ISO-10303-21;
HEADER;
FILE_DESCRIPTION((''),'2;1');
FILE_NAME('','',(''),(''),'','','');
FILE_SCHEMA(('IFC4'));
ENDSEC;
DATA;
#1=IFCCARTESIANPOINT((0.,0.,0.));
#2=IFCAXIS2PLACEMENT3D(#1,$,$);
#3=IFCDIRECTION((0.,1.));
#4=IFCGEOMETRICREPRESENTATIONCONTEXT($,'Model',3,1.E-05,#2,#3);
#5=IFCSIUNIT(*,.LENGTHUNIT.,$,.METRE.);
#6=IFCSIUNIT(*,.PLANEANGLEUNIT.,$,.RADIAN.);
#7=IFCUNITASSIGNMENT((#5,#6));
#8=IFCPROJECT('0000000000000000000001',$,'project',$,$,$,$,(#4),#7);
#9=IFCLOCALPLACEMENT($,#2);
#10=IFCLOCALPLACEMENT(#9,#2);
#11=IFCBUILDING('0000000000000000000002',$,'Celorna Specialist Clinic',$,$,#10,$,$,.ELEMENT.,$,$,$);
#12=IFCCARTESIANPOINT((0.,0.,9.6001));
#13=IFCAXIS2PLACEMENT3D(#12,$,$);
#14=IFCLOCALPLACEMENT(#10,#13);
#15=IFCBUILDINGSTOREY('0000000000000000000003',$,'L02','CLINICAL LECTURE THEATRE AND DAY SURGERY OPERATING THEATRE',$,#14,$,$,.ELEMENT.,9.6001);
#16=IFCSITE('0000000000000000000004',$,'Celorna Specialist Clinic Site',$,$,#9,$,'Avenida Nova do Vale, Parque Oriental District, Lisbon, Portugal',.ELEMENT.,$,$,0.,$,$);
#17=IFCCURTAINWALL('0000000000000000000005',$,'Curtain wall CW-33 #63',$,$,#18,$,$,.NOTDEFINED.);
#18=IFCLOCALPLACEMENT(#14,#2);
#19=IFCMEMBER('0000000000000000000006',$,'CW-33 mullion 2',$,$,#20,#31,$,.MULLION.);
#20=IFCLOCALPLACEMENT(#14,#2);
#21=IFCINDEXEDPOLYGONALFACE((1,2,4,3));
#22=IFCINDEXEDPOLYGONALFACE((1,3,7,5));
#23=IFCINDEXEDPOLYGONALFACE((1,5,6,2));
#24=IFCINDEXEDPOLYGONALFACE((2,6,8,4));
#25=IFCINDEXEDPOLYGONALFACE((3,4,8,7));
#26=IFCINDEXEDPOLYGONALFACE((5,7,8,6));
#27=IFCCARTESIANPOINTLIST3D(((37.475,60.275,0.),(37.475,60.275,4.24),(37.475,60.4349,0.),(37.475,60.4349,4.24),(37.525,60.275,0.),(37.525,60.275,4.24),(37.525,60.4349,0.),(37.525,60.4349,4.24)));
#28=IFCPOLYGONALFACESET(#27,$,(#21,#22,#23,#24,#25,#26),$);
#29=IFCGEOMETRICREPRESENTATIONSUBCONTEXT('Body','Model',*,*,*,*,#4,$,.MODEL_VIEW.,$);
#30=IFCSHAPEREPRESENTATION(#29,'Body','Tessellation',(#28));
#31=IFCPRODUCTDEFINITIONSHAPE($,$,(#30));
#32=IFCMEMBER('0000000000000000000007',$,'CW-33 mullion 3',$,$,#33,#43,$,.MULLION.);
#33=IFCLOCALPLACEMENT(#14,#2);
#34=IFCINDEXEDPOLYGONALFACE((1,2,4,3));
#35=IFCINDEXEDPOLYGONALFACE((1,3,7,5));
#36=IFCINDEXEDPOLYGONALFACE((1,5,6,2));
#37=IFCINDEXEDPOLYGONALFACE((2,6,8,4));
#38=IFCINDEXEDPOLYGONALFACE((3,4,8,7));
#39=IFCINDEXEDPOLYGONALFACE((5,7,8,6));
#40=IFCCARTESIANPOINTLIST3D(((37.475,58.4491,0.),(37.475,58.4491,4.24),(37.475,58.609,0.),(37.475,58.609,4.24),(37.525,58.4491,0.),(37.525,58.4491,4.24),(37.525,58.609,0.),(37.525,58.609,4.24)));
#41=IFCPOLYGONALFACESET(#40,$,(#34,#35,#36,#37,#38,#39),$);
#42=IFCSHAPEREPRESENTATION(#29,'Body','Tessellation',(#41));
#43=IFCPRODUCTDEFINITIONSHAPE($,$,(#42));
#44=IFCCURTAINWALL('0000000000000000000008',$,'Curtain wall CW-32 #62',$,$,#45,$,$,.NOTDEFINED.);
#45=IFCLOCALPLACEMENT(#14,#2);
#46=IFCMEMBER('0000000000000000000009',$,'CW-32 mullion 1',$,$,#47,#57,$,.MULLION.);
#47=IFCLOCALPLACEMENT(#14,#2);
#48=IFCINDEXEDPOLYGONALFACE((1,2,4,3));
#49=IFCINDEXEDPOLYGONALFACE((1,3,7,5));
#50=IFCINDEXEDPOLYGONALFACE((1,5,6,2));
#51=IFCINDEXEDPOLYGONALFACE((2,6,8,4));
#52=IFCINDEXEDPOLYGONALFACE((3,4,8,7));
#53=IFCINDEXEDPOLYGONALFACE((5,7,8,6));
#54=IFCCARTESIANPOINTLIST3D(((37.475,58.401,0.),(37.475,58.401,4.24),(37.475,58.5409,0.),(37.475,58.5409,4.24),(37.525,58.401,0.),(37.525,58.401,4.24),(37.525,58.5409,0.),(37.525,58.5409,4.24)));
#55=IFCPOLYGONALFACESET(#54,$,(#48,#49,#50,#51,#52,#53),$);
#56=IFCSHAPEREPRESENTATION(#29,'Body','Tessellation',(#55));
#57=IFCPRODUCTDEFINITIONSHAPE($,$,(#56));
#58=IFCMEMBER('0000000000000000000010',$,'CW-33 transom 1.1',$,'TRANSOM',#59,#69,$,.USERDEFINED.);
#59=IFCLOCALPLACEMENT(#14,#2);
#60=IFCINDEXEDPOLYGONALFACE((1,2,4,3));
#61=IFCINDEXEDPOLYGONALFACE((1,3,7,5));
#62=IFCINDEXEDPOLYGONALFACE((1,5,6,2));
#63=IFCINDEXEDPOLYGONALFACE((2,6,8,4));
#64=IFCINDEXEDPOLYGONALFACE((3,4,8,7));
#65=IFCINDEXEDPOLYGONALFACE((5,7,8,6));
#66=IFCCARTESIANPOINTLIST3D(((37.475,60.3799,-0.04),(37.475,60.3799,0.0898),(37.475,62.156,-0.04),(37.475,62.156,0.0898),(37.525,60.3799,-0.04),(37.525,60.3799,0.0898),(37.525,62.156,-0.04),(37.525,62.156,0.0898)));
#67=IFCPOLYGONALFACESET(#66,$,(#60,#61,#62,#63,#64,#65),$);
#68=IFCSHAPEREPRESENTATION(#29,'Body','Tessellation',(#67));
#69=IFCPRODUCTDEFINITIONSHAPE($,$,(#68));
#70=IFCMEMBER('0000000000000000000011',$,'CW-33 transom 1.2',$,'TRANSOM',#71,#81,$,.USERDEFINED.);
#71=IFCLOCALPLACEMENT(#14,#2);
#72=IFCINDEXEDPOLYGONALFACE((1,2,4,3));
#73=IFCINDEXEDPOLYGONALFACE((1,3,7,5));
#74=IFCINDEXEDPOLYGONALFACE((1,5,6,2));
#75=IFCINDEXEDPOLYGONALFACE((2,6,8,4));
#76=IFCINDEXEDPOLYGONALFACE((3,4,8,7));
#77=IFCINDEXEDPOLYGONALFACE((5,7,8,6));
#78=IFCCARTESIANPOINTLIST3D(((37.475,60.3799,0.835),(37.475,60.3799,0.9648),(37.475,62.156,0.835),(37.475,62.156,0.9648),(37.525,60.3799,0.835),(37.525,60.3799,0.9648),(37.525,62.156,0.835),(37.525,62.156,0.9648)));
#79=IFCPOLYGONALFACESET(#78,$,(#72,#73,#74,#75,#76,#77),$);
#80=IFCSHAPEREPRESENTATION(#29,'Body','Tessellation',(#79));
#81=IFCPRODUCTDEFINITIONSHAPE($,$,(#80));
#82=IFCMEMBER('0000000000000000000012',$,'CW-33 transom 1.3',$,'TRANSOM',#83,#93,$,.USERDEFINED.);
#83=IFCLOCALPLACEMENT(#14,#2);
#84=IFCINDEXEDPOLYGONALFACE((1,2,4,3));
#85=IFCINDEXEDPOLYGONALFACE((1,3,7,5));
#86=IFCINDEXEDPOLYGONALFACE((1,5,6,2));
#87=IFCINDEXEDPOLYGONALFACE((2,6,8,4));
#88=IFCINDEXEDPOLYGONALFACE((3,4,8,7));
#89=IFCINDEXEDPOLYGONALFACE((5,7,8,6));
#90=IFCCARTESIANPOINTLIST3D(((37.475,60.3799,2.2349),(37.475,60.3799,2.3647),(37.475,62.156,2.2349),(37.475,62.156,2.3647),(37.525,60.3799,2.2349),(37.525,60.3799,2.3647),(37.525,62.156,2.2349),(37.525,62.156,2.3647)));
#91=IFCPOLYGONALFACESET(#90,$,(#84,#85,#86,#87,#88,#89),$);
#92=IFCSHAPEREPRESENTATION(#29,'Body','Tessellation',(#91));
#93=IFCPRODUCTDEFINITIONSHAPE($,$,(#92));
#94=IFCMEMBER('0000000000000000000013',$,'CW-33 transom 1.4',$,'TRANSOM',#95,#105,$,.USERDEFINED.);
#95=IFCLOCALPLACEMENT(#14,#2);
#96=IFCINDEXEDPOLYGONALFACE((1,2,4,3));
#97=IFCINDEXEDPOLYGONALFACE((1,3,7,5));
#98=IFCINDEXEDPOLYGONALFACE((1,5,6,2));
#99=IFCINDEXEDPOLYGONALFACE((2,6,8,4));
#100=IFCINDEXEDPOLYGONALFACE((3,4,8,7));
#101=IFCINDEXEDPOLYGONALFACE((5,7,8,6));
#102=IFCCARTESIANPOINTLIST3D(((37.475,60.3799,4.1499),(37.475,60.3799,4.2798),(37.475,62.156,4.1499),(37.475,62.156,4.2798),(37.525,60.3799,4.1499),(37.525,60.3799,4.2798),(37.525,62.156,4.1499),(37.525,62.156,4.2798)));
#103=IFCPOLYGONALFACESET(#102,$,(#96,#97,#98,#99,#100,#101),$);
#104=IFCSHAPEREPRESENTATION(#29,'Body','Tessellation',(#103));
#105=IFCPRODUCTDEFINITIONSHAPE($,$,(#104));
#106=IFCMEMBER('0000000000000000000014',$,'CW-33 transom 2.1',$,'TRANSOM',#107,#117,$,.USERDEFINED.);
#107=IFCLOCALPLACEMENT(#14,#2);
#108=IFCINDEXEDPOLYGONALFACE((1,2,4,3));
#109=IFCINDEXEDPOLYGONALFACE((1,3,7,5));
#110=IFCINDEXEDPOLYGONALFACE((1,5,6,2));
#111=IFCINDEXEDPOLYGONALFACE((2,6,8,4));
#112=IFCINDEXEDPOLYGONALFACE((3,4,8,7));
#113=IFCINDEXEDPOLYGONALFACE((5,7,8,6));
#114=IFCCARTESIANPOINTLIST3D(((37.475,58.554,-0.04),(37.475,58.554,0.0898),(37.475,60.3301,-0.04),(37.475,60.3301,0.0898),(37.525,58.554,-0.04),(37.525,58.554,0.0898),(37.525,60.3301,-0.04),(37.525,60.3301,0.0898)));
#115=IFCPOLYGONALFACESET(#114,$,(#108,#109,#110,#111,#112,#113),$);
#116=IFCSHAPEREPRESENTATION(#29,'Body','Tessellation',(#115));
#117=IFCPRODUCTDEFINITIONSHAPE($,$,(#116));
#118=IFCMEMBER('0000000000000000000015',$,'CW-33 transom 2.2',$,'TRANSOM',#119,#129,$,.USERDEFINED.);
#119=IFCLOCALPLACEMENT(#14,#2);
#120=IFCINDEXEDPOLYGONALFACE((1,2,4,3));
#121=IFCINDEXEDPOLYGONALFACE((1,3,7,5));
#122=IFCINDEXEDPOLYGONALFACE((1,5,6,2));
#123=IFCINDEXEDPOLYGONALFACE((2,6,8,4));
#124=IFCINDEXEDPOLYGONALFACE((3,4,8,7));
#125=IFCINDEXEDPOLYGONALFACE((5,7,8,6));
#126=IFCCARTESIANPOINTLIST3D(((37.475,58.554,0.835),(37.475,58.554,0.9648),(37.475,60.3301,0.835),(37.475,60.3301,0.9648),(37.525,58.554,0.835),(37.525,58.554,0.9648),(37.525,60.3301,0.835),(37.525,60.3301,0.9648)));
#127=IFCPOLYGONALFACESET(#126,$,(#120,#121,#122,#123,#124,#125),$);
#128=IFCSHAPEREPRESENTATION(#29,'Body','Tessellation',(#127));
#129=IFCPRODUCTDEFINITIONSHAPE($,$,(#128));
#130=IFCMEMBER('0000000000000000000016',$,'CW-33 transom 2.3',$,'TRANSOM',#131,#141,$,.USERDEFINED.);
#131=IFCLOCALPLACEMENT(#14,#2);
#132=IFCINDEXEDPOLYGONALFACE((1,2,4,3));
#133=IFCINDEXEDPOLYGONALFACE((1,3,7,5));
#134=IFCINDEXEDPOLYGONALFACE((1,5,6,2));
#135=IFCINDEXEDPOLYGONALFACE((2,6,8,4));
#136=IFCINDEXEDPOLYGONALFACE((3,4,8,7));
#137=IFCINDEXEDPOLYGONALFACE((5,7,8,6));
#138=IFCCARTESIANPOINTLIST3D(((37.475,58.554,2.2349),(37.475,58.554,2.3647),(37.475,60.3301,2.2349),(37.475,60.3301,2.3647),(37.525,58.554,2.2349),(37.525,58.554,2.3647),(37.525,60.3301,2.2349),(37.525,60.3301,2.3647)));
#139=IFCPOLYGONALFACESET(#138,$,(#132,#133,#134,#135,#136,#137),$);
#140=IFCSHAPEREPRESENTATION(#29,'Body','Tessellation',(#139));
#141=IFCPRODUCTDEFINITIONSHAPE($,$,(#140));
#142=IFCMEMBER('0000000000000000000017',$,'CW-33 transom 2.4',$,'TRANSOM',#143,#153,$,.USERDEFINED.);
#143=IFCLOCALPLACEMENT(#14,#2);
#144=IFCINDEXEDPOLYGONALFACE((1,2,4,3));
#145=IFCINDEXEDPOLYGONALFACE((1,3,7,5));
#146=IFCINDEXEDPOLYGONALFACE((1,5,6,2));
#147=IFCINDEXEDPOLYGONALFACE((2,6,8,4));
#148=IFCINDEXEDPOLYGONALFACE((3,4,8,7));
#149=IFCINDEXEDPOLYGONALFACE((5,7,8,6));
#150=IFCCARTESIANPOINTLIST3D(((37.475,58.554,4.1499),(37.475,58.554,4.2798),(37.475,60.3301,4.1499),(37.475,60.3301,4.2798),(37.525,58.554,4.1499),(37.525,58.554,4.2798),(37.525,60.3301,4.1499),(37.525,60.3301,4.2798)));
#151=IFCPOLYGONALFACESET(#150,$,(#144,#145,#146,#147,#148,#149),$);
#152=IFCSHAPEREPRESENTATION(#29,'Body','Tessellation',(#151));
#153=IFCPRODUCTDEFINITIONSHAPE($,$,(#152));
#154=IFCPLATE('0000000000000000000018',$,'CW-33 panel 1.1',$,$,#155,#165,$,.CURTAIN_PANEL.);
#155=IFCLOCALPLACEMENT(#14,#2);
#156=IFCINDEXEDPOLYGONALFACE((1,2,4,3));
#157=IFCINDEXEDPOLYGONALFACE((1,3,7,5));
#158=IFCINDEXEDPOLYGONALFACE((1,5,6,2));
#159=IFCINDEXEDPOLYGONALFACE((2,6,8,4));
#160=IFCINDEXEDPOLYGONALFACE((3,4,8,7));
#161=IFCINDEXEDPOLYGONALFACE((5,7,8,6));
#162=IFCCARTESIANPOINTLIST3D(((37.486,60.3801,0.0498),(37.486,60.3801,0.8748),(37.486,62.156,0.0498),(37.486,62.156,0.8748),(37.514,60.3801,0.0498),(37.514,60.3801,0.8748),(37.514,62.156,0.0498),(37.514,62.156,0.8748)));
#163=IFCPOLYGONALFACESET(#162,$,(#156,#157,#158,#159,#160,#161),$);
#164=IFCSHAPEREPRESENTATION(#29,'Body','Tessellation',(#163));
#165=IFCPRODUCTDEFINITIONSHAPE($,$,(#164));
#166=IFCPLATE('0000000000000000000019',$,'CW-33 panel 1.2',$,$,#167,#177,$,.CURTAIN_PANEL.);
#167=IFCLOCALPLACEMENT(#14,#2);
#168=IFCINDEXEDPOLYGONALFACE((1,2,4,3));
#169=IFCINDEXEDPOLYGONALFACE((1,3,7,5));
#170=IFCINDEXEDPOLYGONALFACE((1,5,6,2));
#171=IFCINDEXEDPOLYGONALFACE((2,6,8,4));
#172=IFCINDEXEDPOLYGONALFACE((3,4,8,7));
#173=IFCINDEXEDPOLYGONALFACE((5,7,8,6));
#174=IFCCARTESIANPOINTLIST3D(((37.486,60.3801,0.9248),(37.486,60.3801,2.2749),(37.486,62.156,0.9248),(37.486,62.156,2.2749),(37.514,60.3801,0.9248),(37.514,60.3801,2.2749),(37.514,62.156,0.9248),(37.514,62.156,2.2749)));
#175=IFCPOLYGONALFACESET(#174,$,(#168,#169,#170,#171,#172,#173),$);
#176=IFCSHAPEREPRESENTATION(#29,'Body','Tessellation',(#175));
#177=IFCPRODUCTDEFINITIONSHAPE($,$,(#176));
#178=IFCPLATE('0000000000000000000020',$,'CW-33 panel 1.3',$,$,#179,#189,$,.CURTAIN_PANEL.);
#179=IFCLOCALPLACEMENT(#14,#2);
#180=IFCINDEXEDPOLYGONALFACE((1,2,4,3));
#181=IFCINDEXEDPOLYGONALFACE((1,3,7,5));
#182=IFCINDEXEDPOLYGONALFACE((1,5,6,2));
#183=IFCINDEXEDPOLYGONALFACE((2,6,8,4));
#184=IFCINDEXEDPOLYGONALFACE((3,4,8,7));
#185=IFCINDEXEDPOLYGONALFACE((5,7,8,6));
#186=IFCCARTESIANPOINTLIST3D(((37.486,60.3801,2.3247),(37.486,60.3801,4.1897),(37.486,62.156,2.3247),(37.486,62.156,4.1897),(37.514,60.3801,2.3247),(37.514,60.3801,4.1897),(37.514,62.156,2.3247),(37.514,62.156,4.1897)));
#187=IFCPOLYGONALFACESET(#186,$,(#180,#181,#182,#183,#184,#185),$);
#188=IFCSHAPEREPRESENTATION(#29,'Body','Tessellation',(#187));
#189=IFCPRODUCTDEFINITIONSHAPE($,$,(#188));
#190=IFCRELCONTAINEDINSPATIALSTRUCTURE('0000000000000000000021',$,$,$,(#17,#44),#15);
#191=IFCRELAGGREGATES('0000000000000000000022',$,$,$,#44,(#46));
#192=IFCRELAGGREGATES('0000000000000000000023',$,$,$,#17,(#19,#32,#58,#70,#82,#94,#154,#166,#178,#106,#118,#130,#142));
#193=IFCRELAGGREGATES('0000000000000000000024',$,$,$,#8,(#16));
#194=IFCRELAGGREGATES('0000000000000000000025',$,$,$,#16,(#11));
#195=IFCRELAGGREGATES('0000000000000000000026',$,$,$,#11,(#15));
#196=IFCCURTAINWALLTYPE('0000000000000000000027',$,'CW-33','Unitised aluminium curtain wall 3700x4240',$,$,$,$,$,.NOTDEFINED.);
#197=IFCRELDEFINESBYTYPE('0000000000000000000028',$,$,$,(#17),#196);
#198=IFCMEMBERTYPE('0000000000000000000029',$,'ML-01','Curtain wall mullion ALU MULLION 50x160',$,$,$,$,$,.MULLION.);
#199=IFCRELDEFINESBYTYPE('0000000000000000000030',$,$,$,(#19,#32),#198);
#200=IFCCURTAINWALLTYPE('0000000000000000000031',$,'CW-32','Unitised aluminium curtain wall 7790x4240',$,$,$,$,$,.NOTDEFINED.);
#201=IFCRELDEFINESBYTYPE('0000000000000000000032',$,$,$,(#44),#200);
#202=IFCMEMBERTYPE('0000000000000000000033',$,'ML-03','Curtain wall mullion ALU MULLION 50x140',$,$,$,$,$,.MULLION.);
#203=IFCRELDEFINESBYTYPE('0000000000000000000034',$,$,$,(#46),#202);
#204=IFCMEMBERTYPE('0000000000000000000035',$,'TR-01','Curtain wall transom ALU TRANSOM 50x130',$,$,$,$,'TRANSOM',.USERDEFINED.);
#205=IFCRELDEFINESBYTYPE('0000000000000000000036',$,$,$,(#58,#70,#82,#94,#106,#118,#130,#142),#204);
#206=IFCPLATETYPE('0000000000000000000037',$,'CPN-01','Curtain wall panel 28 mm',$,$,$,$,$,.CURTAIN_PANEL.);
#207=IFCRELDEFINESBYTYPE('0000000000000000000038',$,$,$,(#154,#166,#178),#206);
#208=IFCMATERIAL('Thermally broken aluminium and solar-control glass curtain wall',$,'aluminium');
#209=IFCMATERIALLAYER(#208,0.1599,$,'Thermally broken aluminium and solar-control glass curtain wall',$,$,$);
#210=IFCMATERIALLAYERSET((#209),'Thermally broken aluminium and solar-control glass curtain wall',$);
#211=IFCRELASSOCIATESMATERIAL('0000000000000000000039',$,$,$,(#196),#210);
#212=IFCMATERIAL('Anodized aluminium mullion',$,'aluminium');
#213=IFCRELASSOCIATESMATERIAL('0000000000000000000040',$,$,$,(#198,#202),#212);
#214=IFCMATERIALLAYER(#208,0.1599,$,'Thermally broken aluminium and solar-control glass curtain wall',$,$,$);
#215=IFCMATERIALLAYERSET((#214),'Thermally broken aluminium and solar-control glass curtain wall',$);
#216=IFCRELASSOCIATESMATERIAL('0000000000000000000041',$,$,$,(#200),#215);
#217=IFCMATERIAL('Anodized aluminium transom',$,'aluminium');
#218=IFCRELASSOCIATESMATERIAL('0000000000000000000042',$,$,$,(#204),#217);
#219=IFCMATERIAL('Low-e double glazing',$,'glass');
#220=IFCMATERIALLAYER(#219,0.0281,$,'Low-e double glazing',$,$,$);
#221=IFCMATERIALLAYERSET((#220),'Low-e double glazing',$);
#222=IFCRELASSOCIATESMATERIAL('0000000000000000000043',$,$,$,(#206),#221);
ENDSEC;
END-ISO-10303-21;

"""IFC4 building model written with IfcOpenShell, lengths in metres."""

from ifc_helpers import new_model, si_unit, direction, frame, origin, origin_2d, place, context, subcontext, project, spatial, rectangle, extrude, material, layer, layer_set, material_profile, profile_set, type_object, element, aggregate, save


model = new_model("IFC4")

# Units and contexts
model_context = context("Model", 3, precision=1e-05, world=origin(), true_north=direction((0.0, 1.0)))
body_context = subcontext(model_context, "Body", "Model", "MODEL_VIEW")
ifc_project = project(units=[si_unit("LENGTHUNIT", "METRE"), si_unit("PLANEANGLEUNIT", "RADIAN")], contexts=[model_context])

# Site, building, storey
site_placement = place(None, origin())
site = spatial("IfcSite", under=ifc_project, at=site_placement, Name="Celorna Specialist Clinic Site", LongName="Avenida Nova do Vale, Parque Oriental District, Lisbon, Portugal", CompositionType="ELEMENT", RefElevation=0.0)
building_placement = place(site_placement, origin())
building = spatial("IfcBuilding", under=site, at=building_placement, Name="Celorna Specialist Clinic", CompositionType="ELEMENT")
storey_placement = place(building_placement, frame((0.0, 0.0, 9.6001)))
storey = spatial("IfcBuildingStorey", under=building, at=storey_placement, Name="L02", Description="CLINICAL LECTURE THEATRE AND DAY SURGERY OPERATING THEATRE", CompositionType="ELEMENT", Elevation=9.6001)

# Curtain wall, members
ifc_material_1 = material(Name="Thermally broken aluminium and solar-control glass curtain wall", Category="aluminium")
ifc_layer_1 = layer(ifc_material_1, 0.1599, Name="Thermally broken aluminium and solar-control glass curtain wall")
ifc_layer_set_1 = layer_set([ifc_layer_1], Name="Thermally broken aluminium and solar-control glass curtain wall")
curtain_wall_type_1 = type_object("IfcCurtainWallType", Name="CW-33", Description="Unitised aluminium curtain wall 3700x4240", PredefinedType="NOTDEFINED", material=ifc_layer_set_1)
curtain_wall_1_placement = place(storey_placement, origin())
curtain_wall_1 = element("IfcCurtainWall", 1, at=curtain_wall_1_placement, inside=storey, type_object=curtain_wall_type_1, Name="Curtain wall CW-33 #63", PredefinedType="NOTDEFINED")
ifc_material_2 = material(Name="Anodized aluminium mullion", Category="aluminium")
ifc_material_profile_1 = material_profile(ifc_material_2, rectangle(XDim=0.05, YDim=0.1599, at=origin_2d()), Name="ALU MULLION 50x160")
ifc_profile_set_1 = profile_set([ifc_material_profile_1], Name="Anodized aluminium mullion")
member_type_1 = type_object("IfcMemberType", Name="ML-01", Description="Curtain wall mullion ALU MULLION 50x160", PredefinedType="MULLION", material=ifc_profile_set_1)
member_1_placement = place(storey_placement, frame((37.5, 60.355, 0.0), z_axis=(0.0, 0.0, 1.0), x_axis=(1.0, 0.0, 0.0)))
member_1 = element("IfcMember", 2, at=member_1_placement, type_object=member_type_1, Name="CW-33 mullion 2", PredefinedType="MULLION", context=body_context, shape_type="SweptSolid", body=[
    extrude(rectangle(XDim=0.05, YDim=0.1599, at=origin_2d()), origin(), (0.0, 0.0, 1.0), 4.24),
])
member_2_placement = place(storey_placement, frame((37.5, 58.5291, 0.0), z_axis=(0.0, 0.0, 1.0), x_axis=(1.0, 0.0, 0.0)))
member_2 = element("IfcMember", 3, at=member_2_placement, type_object=member_type_1, Name="CW-33 mullion 3", PredefinedType="MULLION", context=body_context, shape_type="SweptSolid", body=[
    extrude(rectangle(XDim=0.05, YDim=0.1599, at=origin_2d()), origin(), (0.0, 0.0, 1.0), 4.24),
])

# Curtain wall, member
ifc_layer_2 = layer(ifc_material_1, 0.1599, Name="Thermally broken aluminium and solar-control glass curtain wall")
ifc_layer_set_2 = layer_set([ifc_layer_2], Name="Thermally broken aluminium and solar-control glass curtain wall")
curtain_wall_type_2 = type_object("IfcCurtainWallType", Name="CW-32", Description="Unitised aluminium curtain wall 7790x4240", PredefinedType="NOTDEFINED", material=ifc_layer_set_2)
curtain_wall_2_placement = place(storey_placement, origin())
curtain_wall_2 = element("IfcCurtainWall", 4, at=curtain_wall_2_placement, inside=storey, type_object=curtain_wall_type_2, Name="Curtain wall CW-32 #62", PredefinedType="NOTDEFINED")
ifc_material_profile_2 = material_profile(ifc_material_2, rectangle(XDim=0.05, YDim=0.1399, at=origin_2d()), Name="ALU MULLION 50x140")
ifc_profile_set_2 = profile_set([ifc_material_profile_2], Name="Anodized aluminium mullion")
member_type_2 = type_object("IfcMemberType", Name="ML-03", Description="Curtain wall mullion ALU MULLION 50x140", PredefinedType="MULLION", material=ifc_profile_set_2)
member_3_placement = place(storey_placement, frame((37.5, 58.4709, 0.0), z_axis=(0.0, 0.0, 1.0), x_axis=(1.0, 0.0, 0.0)))
member_3 = element("IfcMember", 5, at=member_3_placement, type_object=member_type_2, Name="CW-32 mullion 1", PredefinedType="MULLION", context=body_context, shape_type="SweptSolid", body=[
    extrude(rectangle(XDim=0.05, YDim=0.1399, at=origin_2d()), origin(), (0.0, 0.0, 1.0), 4.24),
])
aggregate(curtain_wall_2, [member_3])

# Members
ifc_material_3 = material(Name="Anodized aluminium transom", Category="aluminium")
ifc_material_profile_3 = material_profile(ifc_material_3, rectangle(XDim=0.05, YDim=0.1299, at=origin_2d()), Name="ALU TRANSOM 50x130")
ifc_profile_set_3 = profile_set([ifc_material_profile_3], Name="Anodized aluminium transom")
member_type_3 = type_object("IfcMemberType", Name="TR-01", Description="Curtain wall transom ALU TRANSOM 50x130", ElementType="TRANSOM", PredefinedType="USERDEFINED", material=ifc_profile_set_3)
member_4_placement = place(storey_placement, frame((37.5, 62.156, 0.0249), z_axis=(0.0, -1.0, 0.0), x_axis=(1.0, 0.0, 0.0)))
member_4 = element("IfcMember", 6, at=member_4_placement, type_object=member_type_3, Name="CW-33 transom 1.1", ObjectType="TRANSOM", PredefinedType="USERDEFINED", context=body_context, shape_type="SweptSolid", body=[
    extrude(rectangle(XDim=0.05, YDim=0.1299, at=origin_2d()), origin(), (0.0, 0.0, 1.0), 1.7761),
])
member_5_placement = place(storey_placement, frame((37.5, 62.156, 0.8999), z_axis=(0.0, -1.0, 0.0), x_axis=(1.0, 0.0, 0.0)))
member_5 = element("IfcMember", 7, at=member_5_placement, type_object=member_type_3, Name="CW-33 transom 1.2", ObjectType="TRANSOM", PredefinedType="USERDEFINED", context=body_context, shape_type="SweptSolid", body=[
    extrude(rectangle(XDim=0.05, YDim=0.1299, at=origin_2d()), origin(), (0.0, 0.0, 1.0), 1.7761),
])
member_6_placement = place(storey_placement, frame((37.5, 62.156, 2.2998), z_axis=(0.0, -1.0, 0.0), x_axis=(1.0, 0.0, 0.0)))
member_6 = element("IfcMember", 8, at=member_6_placement, type_object=member_type_3, Name="CW-33 transom 1.3", ObjectType="TRANSOM", PredefinedType="USERDEFINED", context=body_context, shape_type="SweptSolid", body=[
    extrude(rectangle(XDim=0.05, YDim=0.1299, at=origin_2d()), origin(), (0.0, 0.0, 1.0), 1.7761),
])
member_7_placement = place(storey_placement, frame((37.5, 62.156, 4.2148), z_axis=(0.0, -1.0, 0.0), x_axis=(1.0, 0.0, 0.0)))
member_7 = element("IfcMember", 9, at=member_7_placement, type_object=member_type_3, Name="CW-33 transom 1.4", ObjectType="TRANSOM", PredefinedType="USERDEFINED", context=body_context, shape_type="SweptSolid", body=[
    extrude(rectangle(XDim=0.05, YDim=0.1299, at=origin_2d()), origin(), (0.0, 0.0, 1.0), 1.7761),
])
member_8_placement = place(storey_placement, frame((37.5, 60.3301, 0.0249), z_axis=(0.0, -1.0, 0.0), x_axis=(1.0, 0.0, 0.0)))
member_8 = element("IfcMember", 10, at=member_8_placement, type_object=member_type_3, Name="CW-33 transom 2.1", ObjectType="TRANSOM", PredefinedType="USERDEFINED", context=body_context, shape_type="SweptSolid", body=[
    extrude(rectangle(XDim=0.05, YDim=0.1299, at=origin_2d()), origin(), (0.0, 0.0, 1.0), 1.7761),
])
member_9_placement = place(storey_placement, frame((37.5, 60.3301, 0.8999), z_axis=(0.0, -1.0, 0.0), x_axis=(1.0, 0.0, 0.0)))
member_9 = element("IfcMember", 11, at=member_9_placement, type_object=member_type_3, Name="CW-33 transom 2.2", ObjectType="TRANSOM", PredefinedType="USERDEFINED", context=body_context, shape_type="SweptSolid", body=[
    extrude(rectangle(XDim=0.05, YDim=0.1299, at=origin_2d()), origin(), (0.0, 0.0, 1.0), 1.7761),
])
member_10_placement = place(storey_placement, frame((37.5, 60.3301, 2.2998), z_axis=(0.0, -1.0, 0.0), x_axis=(1.0, 0.0, 0.0)))
member_10 = element("IfcMember", 12, at=member_10_placement, type_object=member_type_3, Name="CW-33 transom 2.3", ObjectType="TRANSOM", PredefinedType="USERDEFINED", context=body_context, shape_type="SweptSolid", body=[
    extrude(rectangle(XDim=0.05, YDim=0.1299, at=origin_2d()), origin(), (0.0, 0.0, 1.0), 1.7761),
])
member_11_placement = place(storey_placement, frame((37.5, 60.3301, 4.2148), z_axis=(0.0, -1.0, 0.0), x_axis=(1.0, 0.0, 0.0)))
member_11 = element("IfcMember", 13, at=member_11_placement, type_object=member_type_3, Name="CW-33 transom 2.4", ObjectType="TRANSOM", PredefinedType="USERDEFINED", context=body_context, shape_type="SweptSolid", body=[
    extrude(rectangle(XDim=0.05, YDim=0.1299, at=origin_2d()), origin(), (0.0, 0.0, 1.0), 1.7761),
])

# Plates
ifc_material_4 = material(Name="Low-e double glazing", Category="glass")
ifc_layer_3 = layer(ifc_material_4, 0.0281, Name="Low-e double glazing")
ifc_layer_set_3 = layer_set([ifc_layer_3], Name="Low-e double glazing")
plate_type_1 = type_object("IfcPlateType", Name="CPN-01", Description="Curtain wall panel 28 mm", PredefinedType="CURTAIN_PANEL", material=ifc_layer_set_3)
plate_1_placement = place(storey_placement, frame((37.5, 61.2681, 0.0498), z_axis=(0.0, 0.0, 1.0), x_axis=(0.0, -1.0, 0.0)))
plate_1 = element("IfcPlate", 14, at=plate_1_placement, type_object=plate_type_1, Name="CW-33 panel 1.1", PredefinedType="CURTAIN_PANEL", context=body_context, shape_type="SweptSolid", body=[
    extrude(rectangle(XDim=1.7759, YDim=0.0281, at=origin_2d()), origin(), (0.0, 0.0, 1.0), 0.825),
])
plate_2_placement = place(storey_placement, frame((37.5, 61.2681, 0.9248), z_axis=(0.0, 0.0, 1.0), x_axis=(0.0, -1.0, 0.0)))
plate_2 = element("IfcPlate", 15, at=plate_2_placement, type_object=plate_type_1, Name="CW-33 panel 1.2", PredefinedType="CURTAIN_PANEL", context=body_context, shape_type="SweptSolid", body=[
    extrude(rectangle(XDim=1.7759, YDim=0.0281, at=origin_2d()), origin(), (0.0, 0.0, 1.0), 1.3501),
])
plate_3_placement = place(storey_placement, frame((37.5, 61.2681, 2.3247), z_axis=(0.0, 0.0, 1.0), x_axis=(0.0, -1.0, 0.0)))
plate_3 = element("IfcPlate", 16, at=plate_3_placement, type_object=plate_type_1, Name="CW-33 panel 1.3", PredefinedType="CURTAIN_PANEL", context=body_context, shape_type="SweptSolid", body=[
    extrude(rectangle(XDim=1.7759, YDim=0.0281, at=origin_2d()), origin(), (0.0, 0.0, 1.0), 1.865),
])
aggregate(curtain_wall_1, [member_1, member_2, member_4, member_5, member_6, member_7, plate_1, plate_2, plate_3, member_8, member_9, member_10, member_11])

save(model, "model.ifc")
